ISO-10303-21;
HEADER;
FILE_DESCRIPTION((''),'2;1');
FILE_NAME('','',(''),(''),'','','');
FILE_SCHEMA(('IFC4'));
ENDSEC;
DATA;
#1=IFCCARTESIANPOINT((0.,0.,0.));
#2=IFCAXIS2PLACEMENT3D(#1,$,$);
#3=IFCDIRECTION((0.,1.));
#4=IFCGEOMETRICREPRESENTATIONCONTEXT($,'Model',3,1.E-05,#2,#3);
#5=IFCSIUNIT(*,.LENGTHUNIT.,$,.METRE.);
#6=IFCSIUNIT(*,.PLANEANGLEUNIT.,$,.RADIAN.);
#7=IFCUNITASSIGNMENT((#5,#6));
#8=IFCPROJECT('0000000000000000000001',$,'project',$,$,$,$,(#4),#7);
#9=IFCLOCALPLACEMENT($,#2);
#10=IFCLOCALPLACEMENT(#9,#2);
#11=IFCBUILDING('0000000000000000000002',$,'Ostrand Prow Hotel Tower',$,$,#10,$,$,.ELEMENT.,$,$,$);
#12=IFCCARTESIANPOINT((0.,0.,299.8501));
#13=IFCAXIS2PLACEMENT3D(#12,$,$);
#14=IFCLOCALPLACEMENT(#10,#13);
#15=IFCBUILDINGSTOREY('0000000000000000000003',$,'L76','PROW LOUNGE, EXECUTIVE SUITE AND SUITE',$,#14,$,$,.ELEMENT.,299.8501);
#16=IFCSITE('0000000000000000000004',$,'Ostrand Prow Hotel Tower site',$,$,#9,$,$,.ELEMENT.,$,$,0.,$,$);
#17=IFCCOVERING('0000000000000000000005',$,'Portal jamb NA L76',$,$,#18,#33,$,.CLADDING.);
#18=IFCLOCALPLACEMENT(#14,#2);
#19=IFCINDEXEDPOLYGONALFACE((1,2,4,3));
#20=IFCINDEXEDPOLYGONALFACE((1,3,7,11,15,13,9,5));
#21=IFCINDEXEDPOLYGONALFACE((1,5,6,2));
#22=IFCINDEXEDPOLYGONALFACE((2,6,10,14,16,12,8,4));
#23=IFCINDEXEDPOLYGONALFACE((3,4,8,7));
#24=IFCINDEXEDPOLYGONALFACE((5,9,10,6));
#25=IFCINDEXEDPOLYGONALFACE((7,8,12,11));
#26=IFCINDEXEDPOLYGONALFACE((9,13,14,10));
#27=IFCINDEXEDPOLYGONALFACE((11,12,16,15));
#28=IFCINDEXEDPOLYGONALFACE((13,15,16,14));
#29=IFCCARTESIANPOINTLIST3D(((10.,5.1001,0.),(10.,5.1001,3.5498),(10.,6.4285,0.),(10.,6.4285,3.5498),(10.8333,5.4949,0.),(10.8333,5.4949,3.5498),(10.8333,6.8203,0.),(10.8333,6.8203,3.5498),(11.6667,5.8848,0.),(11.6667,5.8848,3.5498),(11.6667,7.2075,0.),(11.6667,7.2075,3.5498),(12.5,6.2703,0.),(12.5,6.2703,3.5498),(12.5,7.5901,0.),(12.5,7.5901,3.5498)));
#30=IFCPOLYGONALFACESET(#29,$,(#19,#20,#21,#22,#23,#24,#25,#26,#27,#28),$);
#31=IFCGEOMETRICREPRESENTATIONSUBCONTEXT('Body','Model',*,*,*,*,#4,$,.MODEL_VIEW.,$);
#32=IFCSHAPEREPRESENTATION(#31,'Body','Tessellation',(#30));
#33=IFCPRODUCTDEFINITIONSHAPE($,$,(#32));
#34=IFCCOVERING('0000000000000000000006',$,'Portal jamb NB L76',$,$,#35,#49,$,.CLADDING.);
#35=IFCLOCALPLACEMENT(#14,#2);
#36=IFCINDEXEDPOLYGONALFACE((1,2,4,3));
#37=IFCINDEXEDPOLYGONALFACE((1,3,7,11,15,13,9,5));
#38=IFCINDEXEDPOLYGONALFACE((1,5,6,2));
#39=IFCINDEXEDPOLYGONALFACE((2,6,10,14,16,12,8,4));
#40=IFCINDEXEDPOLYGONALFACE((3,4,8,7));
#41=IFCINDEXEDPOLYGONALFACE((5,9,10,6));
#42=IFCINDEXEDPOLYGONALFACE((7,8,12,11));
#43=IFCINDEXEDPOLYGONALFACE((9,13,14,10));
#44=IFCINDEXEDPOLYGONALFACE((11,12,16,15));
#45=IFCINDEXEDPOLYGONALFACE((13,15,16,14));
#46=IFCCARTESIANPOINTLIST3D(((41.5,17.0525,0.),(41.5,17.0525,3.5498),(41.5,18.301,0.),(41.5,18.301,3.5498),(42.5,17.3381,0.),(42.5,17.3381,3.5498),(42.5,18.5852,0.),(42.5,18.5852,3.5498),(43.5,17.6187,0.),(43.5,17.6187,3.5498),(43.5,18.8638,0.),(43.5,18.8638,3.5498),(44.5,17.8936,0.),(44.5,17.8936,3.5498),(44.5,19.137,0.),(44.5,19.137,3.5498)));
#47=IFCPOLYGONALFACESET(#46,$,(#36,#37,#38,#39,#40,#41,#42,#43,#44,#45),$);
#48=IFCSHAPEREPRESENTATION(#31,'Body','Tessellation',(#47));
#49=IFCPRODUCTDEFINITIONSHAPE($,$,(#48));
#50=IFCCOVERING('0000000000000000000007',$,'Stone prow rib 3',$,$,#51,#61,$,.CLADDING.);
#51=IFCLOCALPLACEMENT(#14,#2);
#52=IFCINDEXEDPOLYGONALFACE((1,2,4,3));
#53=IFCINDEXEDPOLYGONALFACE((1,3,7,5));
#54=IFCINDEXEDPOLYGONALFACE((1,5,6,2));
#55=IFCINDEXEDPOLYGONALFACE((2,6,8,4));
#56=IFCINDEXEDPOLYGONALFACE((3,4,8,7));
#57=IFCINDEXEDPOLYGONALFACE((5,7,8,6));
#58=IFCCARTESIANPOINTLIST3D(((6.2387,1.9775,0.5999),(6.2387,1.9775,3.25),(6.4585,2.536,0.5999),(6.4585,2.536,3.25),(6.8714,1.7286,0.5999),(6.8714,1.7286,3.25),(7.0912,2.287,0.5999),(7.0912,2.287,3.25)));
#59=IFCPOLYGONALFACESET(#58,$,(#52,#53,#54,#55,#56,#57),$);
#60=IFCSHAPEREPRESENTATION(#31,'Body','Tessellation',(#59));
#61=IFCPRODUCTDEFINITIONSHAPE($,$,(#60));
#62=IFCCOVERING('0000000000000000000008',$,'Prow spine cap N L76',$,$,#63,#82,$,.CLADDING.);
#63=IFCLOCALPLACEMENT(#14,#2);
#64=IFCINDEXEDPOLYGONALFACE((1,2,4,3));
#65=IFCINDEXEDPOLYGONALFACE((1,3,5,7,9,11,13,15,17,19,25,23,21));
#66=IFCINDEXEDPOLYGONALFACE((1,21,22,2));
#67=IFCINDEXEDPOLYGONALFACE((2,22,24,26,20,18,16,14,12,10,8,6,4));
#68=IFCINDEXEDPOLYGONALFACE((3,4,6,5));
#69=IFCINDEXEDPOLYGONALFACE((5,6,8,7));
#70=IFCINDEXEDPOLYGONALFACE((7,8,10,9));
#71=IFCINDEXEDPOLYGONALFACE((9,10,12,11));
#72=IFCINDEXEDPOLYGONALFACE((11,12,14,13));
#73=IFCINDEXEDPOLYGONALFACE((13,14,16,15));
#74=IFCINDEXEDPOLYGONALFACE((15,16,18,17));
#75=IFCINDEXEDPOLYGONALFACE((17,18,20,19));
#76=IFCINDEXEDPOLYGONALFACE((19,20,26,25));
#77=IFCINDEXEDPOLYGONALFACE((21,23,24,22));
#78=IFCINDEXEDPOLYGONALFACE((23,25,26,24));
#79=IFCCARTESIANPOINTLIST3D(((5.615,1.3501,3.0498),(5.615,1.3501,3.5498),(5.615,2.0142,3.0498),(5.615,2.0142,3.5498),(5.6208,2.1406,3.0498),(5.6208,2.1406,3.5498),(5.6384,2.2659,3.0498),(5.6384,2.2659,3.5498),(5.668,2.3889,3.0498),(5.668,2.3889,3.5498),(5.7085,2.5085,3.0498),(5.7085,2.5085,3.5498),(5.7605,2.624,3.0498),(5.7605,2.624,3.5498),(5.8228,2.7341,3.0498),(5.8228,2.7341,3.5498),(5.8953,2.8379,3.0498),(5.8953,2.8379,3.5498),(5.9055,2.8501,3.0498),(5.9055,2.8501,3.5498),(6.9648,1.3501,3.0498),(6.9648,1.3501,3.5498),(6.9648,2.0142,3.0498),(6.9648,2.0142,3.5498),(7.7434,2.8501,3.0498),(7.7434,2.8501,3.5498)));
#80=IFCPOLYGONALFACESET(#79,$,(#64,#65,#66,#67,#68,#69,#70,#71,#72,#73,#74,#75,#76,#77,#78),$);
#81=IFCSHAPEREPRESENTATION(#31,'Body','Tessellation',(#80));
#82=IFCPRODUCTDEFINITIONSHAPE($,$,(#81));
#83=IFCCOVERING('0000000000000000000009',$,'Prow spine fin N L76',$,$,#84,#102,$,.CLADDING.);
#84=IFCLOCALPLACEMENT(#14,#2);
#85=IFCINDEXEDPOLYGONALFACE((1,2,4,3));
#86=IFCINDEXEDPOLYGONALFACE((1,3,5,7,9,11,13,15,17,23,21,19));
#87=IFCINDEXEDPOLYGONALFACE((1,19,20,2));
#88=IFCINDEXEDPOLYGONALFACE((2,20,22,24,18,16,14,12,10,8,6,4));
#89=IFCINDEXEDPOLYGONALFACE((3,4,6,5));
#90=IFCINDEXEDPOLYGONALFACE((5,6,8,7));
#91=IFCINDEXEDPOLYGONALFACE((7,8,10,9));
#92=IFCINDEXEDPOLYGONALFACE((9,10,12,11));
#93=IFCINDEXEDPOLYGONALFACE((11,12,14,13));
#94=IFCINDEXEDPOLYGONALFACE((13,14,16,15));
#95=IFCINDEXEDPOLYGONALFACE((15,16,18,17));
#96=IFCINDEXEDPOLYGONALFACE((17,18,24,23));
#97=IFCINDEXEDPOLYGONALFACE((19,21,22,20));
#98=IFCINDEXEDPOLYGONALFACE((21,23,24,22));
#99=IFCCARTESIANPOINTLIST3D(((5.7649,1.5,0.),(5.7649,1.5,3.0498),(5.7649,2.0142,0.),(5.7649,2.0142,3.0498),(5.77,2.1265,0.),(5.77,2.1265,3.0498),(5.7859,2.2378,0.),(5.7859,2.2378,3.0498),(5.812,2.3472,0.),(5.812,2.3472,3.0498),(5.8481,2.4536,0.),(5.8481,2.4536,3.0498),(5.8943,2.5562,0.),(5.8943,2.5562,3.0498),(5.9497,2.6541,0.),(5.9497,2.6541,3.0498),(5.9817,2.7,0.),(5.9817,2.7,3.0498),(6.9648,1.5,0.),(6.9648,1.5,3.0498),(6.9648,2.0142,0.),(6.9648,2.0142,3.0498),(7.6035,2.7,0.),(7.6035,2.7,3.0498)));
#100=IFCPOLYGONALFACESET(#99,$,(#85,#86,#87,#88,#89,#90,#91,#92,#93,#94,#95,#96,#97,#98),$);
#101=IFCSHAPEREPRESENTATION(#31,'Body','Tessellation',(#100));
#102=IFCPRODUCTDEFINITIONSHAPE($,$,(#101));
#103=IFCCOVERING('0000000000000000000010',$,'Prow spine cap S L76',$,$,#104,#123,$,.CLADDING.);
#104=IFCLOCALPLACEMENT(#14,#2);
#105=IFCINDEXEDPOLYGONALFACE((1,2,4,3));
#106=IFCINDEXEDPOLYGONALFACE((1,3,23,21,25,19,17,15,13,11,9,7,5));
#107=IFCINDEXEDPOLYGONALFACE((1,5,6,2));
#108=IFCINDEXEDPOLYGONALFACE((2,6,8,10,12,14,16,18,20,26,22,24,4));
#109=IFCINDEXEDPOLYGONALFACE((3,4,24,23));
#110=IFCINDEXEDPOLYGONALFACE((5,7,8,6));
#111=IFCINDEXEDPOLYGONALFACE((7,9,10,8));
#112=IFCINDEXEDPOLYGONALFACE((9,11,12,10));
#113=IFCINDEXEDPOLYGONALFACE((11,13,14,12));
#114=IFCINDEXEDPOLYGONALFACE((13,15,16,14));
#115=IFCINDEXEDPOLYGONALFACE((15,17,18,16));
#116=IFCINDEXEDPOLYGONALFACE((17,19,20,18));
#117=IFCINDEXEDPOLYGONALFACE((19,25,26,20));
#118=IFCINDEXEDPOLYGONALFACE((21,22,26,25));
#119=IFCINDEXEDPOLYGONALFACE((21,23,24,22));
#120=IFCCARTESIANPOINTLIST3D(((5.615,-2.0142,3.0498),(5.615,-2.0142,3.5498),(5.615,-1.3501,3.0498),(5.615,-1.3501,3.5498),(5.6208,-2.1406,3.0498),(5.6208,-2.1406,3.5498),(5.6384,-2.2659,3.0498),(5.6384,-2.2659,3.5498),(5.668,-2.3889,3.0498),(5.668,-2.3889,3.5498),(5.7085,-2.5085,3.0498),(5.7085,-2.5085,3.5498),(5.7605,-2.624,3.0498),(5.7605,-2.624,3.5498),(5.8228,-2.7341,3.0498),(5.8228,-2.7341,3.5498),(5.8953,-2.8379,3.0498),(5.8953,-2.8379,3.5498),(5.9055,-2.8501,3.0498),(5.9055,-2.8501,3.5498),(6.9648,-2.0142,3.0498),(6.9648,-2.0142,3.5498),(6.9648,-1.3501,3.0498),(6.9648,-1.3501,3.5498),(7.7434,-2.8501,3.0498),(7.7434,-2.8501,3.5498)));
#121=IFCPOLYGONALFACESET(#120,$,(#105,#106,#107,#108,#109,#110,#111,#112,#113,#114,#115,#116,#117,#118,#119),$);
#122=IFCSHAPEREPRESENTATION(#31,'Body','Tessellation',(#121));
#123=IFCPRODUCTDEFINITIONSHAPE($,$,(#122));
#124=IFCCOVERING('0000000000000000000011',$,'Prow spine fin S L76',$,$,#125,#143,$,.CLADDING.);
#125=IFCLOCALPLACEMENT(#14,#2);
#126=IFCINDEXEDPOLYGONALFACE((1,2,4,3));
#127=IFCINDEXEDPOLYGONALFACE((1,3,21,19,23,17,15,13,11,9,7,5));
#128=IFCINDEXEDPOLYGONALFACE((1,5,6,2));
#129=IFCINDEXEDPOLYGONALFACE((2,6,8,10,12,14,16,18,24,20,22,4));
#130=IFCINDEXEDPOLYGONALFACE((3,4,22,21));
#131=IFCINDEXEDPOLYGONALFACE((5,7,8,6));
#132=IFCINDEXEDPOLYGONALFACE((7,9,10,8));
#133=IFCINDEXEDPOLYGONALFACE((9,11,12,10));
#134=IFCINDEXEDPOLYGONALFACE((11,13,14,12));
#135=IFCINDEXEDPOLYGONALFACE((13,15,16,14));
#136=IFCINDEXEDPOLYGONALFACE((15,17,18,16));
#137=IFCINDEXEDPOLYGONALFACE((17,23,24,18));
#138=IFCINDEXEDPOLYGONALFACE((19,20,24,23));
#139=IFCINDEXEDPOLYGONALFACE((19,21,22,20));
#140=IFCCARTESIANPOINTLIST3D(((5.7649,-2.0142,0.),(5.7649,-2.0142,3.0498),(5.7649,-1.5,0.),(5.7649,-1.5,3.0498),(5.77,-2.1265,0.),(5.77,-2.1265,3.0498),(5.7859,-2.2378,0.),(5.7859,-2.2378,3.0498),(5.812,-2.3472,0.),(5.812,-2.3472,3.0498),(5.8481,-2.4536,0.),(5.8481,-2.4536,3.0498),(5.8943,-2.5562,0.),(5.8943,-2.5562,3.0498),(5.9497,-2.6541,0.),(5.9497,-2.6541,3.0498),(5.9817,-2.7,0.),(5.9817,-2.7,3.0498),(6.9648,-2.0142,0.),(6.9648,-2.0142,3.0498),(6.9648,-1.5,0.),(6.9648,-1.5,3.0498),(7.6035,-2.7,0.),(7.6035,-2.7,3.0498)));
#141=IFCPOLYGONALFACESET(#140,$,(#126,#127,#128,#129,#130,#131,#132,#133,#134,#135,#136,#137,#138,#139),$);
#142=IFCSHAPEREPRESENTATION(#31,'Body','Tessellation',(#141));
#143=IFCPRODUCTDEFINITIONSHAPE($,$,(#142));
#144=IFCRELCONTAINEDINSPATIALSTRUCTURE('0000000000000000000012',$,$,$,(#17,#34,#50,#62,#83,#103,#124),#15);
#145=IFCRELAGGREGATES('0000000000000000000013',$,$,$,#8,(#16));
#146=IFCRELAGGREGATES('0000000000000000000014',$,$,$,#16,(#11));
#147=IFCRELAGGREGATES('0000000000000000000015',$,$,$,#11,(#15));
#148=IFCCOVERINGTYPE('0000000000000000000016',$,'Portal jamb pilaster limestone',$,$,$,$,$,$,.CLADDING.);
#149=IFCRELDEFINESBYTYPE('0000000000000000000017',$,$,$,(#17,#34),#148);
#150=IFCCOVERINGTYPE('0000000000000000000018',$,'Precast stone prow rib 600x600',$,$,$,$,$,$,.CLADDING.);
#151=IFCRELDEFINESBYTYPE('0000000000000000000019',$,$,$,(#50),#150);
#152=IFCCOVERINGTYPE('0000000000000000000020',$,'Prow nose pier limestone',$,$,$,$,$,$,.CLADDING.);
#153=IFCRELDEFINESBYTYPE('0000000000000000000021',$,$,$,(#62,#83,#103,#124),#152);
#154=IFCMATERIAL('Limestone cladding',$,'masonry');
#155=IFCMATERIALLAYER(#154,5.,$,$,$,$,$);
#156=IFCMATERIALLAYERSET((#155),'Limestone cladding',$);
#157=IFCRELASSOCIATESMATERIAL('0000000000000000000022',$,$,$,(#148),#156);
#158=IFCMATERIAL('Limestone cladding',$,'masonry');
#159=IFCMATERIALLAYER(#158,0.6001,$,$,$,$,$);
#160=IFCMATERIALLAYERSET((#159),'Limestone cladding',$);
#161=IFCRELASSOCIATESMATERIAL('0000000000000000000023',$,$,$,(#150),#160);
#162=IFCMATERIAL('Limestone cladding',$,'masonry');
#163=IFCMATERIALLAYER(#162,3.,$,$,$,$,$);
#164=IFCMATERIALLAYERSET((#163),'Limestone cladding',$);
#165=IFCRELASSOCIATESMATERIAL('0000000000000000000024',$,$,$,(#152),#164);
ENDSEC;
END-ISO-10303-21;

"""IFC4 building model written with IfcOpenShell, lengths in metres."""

from ifc_helpers import new_model, si_unit, direction, frame, frame_2d, origin, place, context, subcontext, project, spatial, polyline, rectangle, outline, extrude, material, layer, layer_set, type_object, element, save


model = new_model("IFC4")

# Units and contexts
model_context = context("Model", 3, precision=1e-05, world=origin(), true_north=direction((0.0, 1.0)))
body_context = subcontext(model_context, "Body", "Model", "MODEL_VIEW")
ifc_project = project(units=[si_unit("LENGTHUNIT", "METRE"), si_unit("PLANEANGLEUNIT", "RADIAN")], contexts=[model_context])

# Site, building, storey
site_placement = place(None, origin())
site = spatial("IfcSite", under=ifc_project, at=site_placement, Name="Ostrand Prow Hotel Tower site", CompositionType="ELEMENT", RefElevation=0.0)
building_placement = place(site_placement, origin())
building = spatial("IfcBuilding", under=site, at=building_placement, Name="Ostrand Prow Hotel Tower", CompositionType="ELEMENT")
storey_placement = place(building_placement, frame((0.0, 0.0, 299.8501)))
storey = spatial("IfcBuildingStorey", under=building, at=storey_placement, Name="L76", Description="PROW LOUNGE, EXECUTIVE SUITE AND SUITE", CompositionType="ELEMENT", Elevation=299.8501)

# Coverings
ifc_material_1 = material(Name="Limestone cladding", Category="masonry")
ifc_layer_1 = layer(ifc_material_1, 5.0)
ifc_layer_set_1 = layer_set([ifc_layer_1], Name="Limestone cladding")
covering_type_1 = type_object("IfcCoveringType", Name="Portal jamb pilaster limestone", PredefinedType="CLADDING", material=ifc_layer_set_1)
covering_1_placement = place(storey_placement, origin())
element("IfcCovering", 1, at=covering_1_placement, inside=storey, type_object=covering_type_1, Name="Portal jamb NA L76", PredefinedType="CLADDING", context=body_context, shape_type="SweptSolid", body=[
    extrude(outline(polyline([(10.0, 5.1001), (10.8333, 5.4949), (11.6667, 5.8848), (12.5, 6.2703), (12.5, 7.5901), (11.6667, 7.2075), (10.8333, 6.8203), (10.0, 6.4285), (10.0, 5.1001)])), origin(), (0.0, 0.0, 1.0), 3.5498),
])
covering_2_placement = place(storey_placement, origin())
element("IfcCovering", 2, at=covering_2_placement, inside=storey, type_object=covering_type_1, Name="Portal jamb NB L76", PredefinedType="CLADDING", context=body_context, shape_type="SweptSolid", body=[
    extrude(outline(polyline([(41.5, 17.0525), (42.5, 17.3381), (43.5, 17.6187), (44.5, 17.8936), (44.5, 19.137), (43.5, 18.8638), (42.5, 18.5852), (41.5, 18.301), (41.5, 17.0525)])), origin(), (0.0, 0.0, 1.0), 3.5498),
])
ifc_material_2 = material(Name="Limestone cladding", Category="masonry")
ifc_layer_2 = layer(ifc_material_2, 0.6001)
ifc_layer_set_2 = layer_set([ifc_layer_2], Name="Limestone cladding")
covering_type_2 = type_object("IfcCoveringType", Name="Precast stone prow rib 600x600", PredefinedType="CLADDING", material=ifc_layer_set_2)
covering_3_placement = place(storey_placement, frame((6.9812, 2.0078, 0.5999), z_axis=(0.0, 0.0, 1.0), x_axis=(-0.930542, 0.366185, 0.0)))
element("IfcCovering", 3, at=covering_3_placement, inside=storey, type_object=covering_type_2, Name="Stone prow rib 3", PredefinedType="CLADDING", context=body_context, shape_type="SweptSolid", body=[
    extrude(rectangle(XDim=0.6799, YDim=0.6001, at=frame_2d((0.3398, 0.0))), origin(), (0.0, 0.0, 1.0), 2.6501),
])
ifc_material_3 = material(Name="Limestone cladding", Category="masonry")
ifc_layer_3 = layer(ifc_material_3, 3.0)
ifc_layer_set_3 = layer_set([ifc_layer_3], Name="Limestone cladding")
covering_type_3 = type_object("IfcCoveringType", Name="Prow nose pier limestone", PredefinedType="CLADDING", material=ifc_layer_set_3)
covering_4_placement = place(storey_placement, frame((0.0, 0.0, 3.0498)))
element("IfcCovering", 4, at=covering_4_placement, inside=storey, type_object=covering_type_3, Name="Prow spine cap N L76", PredefinedType="CLADDING", context=body_context, shape_type="SweptSolid", body=[
    extrude(outline(polyline([(5.615, 2.0142), (5.615, 1.3501), (6.9648, 1.3501), (6.9648, 2.0142), (7.7434, 2.8501), (5.9055, 2.8501), (5.8953, 2.8379), (5.8228, 2.7341), (5.7605, 2.624), (5.7085, 2.5085), (5.668, 2.3889), (5.6384, 2.2659), (5.6208, 2.1406), (5.615, 2.0142)])), origin(), (0.0, 0.0, 1.0), 0.5),
])
covering_5_placement = place(storey_placement, origin())
element("IfcCovering", 5, at=covering_5_placement, inside=storey, type_object=covering_type_3, Name="Prow spine fin N L76", PredefinedType="CLADDING", context=body_context, shape_type="SweptSolid", body=[
    extrude(outline(polyline([(5.7649, 2.0142), (5.7649, 1.5), (6.9648, 1.5), (6.9648, 2.0142), (7.6035, 2.7), (5.9817, 2.7), (5.9497, 2.6541), (5.8943, 2.5562), (5.8481, 2.4536), (5.812, 2.3472), (5.7859, 2.2378), (5.77, 2.1265), (5.7649, 2.0142)])), origin(), (0.0, 0.0, 1.0), 3.0498),
])
covering_6_placement = place(storey_placement, frame((0.0, 0.0, 3.0498)))
element("IfcCovering", 6, at=covering_6_placement, inside=storey, type_object=covering_type_3, Name="Prow spine cap S L76", PredefinedType="CLADDING", context=body_context, shape_type="SweptSolid", body=[
    extrude(outline(polyline([(5.8953, -2.8379), (5.9055, -2.8501), (7.7434, -2.8501), (6.9648, -2.0142), (6.9648, -1.3501), (5.615, -1.3501), (5.615, -2.0142), (5.6208, -2.1406), (5.6384, -2.2659), (5.668, -2.3889), (5.7085, -2.5085), (5.7605, -2.624), (5.8228, -2.7341), (5.8953, -2.8379)])), origin(), (0.0, 0.0, 1.0), 0.5),
])
covering_7_placement = place(storey_placement, origin())
element("IfcCovering", 7, at=covering_7_placement, inside=storey, type_object=covering_type_3, Name="Prow spine fin S L76", PredefinedType="CLADDING", context=body_context, shape_type="SweptSolid", body=[
    extrude(outline(polyline([(5.9497, -2.6541), (5.9817, -2.7), (7.6035, -2.7), (6.9648, -2.0142), (6.9648, -1.5), (5.7649, -1.5), (5.7649, -2.0142), (5.77, -2.1265), (5.7859, -2.2378), (5.812, -2.3472), (5.8481, -2.4536), (5.8943, -2.5562), (5.9497, -2.6541)])), origin(), (0.0, 0.0, 1.0), 3.0498),
])

save(model, "model.ifc")
